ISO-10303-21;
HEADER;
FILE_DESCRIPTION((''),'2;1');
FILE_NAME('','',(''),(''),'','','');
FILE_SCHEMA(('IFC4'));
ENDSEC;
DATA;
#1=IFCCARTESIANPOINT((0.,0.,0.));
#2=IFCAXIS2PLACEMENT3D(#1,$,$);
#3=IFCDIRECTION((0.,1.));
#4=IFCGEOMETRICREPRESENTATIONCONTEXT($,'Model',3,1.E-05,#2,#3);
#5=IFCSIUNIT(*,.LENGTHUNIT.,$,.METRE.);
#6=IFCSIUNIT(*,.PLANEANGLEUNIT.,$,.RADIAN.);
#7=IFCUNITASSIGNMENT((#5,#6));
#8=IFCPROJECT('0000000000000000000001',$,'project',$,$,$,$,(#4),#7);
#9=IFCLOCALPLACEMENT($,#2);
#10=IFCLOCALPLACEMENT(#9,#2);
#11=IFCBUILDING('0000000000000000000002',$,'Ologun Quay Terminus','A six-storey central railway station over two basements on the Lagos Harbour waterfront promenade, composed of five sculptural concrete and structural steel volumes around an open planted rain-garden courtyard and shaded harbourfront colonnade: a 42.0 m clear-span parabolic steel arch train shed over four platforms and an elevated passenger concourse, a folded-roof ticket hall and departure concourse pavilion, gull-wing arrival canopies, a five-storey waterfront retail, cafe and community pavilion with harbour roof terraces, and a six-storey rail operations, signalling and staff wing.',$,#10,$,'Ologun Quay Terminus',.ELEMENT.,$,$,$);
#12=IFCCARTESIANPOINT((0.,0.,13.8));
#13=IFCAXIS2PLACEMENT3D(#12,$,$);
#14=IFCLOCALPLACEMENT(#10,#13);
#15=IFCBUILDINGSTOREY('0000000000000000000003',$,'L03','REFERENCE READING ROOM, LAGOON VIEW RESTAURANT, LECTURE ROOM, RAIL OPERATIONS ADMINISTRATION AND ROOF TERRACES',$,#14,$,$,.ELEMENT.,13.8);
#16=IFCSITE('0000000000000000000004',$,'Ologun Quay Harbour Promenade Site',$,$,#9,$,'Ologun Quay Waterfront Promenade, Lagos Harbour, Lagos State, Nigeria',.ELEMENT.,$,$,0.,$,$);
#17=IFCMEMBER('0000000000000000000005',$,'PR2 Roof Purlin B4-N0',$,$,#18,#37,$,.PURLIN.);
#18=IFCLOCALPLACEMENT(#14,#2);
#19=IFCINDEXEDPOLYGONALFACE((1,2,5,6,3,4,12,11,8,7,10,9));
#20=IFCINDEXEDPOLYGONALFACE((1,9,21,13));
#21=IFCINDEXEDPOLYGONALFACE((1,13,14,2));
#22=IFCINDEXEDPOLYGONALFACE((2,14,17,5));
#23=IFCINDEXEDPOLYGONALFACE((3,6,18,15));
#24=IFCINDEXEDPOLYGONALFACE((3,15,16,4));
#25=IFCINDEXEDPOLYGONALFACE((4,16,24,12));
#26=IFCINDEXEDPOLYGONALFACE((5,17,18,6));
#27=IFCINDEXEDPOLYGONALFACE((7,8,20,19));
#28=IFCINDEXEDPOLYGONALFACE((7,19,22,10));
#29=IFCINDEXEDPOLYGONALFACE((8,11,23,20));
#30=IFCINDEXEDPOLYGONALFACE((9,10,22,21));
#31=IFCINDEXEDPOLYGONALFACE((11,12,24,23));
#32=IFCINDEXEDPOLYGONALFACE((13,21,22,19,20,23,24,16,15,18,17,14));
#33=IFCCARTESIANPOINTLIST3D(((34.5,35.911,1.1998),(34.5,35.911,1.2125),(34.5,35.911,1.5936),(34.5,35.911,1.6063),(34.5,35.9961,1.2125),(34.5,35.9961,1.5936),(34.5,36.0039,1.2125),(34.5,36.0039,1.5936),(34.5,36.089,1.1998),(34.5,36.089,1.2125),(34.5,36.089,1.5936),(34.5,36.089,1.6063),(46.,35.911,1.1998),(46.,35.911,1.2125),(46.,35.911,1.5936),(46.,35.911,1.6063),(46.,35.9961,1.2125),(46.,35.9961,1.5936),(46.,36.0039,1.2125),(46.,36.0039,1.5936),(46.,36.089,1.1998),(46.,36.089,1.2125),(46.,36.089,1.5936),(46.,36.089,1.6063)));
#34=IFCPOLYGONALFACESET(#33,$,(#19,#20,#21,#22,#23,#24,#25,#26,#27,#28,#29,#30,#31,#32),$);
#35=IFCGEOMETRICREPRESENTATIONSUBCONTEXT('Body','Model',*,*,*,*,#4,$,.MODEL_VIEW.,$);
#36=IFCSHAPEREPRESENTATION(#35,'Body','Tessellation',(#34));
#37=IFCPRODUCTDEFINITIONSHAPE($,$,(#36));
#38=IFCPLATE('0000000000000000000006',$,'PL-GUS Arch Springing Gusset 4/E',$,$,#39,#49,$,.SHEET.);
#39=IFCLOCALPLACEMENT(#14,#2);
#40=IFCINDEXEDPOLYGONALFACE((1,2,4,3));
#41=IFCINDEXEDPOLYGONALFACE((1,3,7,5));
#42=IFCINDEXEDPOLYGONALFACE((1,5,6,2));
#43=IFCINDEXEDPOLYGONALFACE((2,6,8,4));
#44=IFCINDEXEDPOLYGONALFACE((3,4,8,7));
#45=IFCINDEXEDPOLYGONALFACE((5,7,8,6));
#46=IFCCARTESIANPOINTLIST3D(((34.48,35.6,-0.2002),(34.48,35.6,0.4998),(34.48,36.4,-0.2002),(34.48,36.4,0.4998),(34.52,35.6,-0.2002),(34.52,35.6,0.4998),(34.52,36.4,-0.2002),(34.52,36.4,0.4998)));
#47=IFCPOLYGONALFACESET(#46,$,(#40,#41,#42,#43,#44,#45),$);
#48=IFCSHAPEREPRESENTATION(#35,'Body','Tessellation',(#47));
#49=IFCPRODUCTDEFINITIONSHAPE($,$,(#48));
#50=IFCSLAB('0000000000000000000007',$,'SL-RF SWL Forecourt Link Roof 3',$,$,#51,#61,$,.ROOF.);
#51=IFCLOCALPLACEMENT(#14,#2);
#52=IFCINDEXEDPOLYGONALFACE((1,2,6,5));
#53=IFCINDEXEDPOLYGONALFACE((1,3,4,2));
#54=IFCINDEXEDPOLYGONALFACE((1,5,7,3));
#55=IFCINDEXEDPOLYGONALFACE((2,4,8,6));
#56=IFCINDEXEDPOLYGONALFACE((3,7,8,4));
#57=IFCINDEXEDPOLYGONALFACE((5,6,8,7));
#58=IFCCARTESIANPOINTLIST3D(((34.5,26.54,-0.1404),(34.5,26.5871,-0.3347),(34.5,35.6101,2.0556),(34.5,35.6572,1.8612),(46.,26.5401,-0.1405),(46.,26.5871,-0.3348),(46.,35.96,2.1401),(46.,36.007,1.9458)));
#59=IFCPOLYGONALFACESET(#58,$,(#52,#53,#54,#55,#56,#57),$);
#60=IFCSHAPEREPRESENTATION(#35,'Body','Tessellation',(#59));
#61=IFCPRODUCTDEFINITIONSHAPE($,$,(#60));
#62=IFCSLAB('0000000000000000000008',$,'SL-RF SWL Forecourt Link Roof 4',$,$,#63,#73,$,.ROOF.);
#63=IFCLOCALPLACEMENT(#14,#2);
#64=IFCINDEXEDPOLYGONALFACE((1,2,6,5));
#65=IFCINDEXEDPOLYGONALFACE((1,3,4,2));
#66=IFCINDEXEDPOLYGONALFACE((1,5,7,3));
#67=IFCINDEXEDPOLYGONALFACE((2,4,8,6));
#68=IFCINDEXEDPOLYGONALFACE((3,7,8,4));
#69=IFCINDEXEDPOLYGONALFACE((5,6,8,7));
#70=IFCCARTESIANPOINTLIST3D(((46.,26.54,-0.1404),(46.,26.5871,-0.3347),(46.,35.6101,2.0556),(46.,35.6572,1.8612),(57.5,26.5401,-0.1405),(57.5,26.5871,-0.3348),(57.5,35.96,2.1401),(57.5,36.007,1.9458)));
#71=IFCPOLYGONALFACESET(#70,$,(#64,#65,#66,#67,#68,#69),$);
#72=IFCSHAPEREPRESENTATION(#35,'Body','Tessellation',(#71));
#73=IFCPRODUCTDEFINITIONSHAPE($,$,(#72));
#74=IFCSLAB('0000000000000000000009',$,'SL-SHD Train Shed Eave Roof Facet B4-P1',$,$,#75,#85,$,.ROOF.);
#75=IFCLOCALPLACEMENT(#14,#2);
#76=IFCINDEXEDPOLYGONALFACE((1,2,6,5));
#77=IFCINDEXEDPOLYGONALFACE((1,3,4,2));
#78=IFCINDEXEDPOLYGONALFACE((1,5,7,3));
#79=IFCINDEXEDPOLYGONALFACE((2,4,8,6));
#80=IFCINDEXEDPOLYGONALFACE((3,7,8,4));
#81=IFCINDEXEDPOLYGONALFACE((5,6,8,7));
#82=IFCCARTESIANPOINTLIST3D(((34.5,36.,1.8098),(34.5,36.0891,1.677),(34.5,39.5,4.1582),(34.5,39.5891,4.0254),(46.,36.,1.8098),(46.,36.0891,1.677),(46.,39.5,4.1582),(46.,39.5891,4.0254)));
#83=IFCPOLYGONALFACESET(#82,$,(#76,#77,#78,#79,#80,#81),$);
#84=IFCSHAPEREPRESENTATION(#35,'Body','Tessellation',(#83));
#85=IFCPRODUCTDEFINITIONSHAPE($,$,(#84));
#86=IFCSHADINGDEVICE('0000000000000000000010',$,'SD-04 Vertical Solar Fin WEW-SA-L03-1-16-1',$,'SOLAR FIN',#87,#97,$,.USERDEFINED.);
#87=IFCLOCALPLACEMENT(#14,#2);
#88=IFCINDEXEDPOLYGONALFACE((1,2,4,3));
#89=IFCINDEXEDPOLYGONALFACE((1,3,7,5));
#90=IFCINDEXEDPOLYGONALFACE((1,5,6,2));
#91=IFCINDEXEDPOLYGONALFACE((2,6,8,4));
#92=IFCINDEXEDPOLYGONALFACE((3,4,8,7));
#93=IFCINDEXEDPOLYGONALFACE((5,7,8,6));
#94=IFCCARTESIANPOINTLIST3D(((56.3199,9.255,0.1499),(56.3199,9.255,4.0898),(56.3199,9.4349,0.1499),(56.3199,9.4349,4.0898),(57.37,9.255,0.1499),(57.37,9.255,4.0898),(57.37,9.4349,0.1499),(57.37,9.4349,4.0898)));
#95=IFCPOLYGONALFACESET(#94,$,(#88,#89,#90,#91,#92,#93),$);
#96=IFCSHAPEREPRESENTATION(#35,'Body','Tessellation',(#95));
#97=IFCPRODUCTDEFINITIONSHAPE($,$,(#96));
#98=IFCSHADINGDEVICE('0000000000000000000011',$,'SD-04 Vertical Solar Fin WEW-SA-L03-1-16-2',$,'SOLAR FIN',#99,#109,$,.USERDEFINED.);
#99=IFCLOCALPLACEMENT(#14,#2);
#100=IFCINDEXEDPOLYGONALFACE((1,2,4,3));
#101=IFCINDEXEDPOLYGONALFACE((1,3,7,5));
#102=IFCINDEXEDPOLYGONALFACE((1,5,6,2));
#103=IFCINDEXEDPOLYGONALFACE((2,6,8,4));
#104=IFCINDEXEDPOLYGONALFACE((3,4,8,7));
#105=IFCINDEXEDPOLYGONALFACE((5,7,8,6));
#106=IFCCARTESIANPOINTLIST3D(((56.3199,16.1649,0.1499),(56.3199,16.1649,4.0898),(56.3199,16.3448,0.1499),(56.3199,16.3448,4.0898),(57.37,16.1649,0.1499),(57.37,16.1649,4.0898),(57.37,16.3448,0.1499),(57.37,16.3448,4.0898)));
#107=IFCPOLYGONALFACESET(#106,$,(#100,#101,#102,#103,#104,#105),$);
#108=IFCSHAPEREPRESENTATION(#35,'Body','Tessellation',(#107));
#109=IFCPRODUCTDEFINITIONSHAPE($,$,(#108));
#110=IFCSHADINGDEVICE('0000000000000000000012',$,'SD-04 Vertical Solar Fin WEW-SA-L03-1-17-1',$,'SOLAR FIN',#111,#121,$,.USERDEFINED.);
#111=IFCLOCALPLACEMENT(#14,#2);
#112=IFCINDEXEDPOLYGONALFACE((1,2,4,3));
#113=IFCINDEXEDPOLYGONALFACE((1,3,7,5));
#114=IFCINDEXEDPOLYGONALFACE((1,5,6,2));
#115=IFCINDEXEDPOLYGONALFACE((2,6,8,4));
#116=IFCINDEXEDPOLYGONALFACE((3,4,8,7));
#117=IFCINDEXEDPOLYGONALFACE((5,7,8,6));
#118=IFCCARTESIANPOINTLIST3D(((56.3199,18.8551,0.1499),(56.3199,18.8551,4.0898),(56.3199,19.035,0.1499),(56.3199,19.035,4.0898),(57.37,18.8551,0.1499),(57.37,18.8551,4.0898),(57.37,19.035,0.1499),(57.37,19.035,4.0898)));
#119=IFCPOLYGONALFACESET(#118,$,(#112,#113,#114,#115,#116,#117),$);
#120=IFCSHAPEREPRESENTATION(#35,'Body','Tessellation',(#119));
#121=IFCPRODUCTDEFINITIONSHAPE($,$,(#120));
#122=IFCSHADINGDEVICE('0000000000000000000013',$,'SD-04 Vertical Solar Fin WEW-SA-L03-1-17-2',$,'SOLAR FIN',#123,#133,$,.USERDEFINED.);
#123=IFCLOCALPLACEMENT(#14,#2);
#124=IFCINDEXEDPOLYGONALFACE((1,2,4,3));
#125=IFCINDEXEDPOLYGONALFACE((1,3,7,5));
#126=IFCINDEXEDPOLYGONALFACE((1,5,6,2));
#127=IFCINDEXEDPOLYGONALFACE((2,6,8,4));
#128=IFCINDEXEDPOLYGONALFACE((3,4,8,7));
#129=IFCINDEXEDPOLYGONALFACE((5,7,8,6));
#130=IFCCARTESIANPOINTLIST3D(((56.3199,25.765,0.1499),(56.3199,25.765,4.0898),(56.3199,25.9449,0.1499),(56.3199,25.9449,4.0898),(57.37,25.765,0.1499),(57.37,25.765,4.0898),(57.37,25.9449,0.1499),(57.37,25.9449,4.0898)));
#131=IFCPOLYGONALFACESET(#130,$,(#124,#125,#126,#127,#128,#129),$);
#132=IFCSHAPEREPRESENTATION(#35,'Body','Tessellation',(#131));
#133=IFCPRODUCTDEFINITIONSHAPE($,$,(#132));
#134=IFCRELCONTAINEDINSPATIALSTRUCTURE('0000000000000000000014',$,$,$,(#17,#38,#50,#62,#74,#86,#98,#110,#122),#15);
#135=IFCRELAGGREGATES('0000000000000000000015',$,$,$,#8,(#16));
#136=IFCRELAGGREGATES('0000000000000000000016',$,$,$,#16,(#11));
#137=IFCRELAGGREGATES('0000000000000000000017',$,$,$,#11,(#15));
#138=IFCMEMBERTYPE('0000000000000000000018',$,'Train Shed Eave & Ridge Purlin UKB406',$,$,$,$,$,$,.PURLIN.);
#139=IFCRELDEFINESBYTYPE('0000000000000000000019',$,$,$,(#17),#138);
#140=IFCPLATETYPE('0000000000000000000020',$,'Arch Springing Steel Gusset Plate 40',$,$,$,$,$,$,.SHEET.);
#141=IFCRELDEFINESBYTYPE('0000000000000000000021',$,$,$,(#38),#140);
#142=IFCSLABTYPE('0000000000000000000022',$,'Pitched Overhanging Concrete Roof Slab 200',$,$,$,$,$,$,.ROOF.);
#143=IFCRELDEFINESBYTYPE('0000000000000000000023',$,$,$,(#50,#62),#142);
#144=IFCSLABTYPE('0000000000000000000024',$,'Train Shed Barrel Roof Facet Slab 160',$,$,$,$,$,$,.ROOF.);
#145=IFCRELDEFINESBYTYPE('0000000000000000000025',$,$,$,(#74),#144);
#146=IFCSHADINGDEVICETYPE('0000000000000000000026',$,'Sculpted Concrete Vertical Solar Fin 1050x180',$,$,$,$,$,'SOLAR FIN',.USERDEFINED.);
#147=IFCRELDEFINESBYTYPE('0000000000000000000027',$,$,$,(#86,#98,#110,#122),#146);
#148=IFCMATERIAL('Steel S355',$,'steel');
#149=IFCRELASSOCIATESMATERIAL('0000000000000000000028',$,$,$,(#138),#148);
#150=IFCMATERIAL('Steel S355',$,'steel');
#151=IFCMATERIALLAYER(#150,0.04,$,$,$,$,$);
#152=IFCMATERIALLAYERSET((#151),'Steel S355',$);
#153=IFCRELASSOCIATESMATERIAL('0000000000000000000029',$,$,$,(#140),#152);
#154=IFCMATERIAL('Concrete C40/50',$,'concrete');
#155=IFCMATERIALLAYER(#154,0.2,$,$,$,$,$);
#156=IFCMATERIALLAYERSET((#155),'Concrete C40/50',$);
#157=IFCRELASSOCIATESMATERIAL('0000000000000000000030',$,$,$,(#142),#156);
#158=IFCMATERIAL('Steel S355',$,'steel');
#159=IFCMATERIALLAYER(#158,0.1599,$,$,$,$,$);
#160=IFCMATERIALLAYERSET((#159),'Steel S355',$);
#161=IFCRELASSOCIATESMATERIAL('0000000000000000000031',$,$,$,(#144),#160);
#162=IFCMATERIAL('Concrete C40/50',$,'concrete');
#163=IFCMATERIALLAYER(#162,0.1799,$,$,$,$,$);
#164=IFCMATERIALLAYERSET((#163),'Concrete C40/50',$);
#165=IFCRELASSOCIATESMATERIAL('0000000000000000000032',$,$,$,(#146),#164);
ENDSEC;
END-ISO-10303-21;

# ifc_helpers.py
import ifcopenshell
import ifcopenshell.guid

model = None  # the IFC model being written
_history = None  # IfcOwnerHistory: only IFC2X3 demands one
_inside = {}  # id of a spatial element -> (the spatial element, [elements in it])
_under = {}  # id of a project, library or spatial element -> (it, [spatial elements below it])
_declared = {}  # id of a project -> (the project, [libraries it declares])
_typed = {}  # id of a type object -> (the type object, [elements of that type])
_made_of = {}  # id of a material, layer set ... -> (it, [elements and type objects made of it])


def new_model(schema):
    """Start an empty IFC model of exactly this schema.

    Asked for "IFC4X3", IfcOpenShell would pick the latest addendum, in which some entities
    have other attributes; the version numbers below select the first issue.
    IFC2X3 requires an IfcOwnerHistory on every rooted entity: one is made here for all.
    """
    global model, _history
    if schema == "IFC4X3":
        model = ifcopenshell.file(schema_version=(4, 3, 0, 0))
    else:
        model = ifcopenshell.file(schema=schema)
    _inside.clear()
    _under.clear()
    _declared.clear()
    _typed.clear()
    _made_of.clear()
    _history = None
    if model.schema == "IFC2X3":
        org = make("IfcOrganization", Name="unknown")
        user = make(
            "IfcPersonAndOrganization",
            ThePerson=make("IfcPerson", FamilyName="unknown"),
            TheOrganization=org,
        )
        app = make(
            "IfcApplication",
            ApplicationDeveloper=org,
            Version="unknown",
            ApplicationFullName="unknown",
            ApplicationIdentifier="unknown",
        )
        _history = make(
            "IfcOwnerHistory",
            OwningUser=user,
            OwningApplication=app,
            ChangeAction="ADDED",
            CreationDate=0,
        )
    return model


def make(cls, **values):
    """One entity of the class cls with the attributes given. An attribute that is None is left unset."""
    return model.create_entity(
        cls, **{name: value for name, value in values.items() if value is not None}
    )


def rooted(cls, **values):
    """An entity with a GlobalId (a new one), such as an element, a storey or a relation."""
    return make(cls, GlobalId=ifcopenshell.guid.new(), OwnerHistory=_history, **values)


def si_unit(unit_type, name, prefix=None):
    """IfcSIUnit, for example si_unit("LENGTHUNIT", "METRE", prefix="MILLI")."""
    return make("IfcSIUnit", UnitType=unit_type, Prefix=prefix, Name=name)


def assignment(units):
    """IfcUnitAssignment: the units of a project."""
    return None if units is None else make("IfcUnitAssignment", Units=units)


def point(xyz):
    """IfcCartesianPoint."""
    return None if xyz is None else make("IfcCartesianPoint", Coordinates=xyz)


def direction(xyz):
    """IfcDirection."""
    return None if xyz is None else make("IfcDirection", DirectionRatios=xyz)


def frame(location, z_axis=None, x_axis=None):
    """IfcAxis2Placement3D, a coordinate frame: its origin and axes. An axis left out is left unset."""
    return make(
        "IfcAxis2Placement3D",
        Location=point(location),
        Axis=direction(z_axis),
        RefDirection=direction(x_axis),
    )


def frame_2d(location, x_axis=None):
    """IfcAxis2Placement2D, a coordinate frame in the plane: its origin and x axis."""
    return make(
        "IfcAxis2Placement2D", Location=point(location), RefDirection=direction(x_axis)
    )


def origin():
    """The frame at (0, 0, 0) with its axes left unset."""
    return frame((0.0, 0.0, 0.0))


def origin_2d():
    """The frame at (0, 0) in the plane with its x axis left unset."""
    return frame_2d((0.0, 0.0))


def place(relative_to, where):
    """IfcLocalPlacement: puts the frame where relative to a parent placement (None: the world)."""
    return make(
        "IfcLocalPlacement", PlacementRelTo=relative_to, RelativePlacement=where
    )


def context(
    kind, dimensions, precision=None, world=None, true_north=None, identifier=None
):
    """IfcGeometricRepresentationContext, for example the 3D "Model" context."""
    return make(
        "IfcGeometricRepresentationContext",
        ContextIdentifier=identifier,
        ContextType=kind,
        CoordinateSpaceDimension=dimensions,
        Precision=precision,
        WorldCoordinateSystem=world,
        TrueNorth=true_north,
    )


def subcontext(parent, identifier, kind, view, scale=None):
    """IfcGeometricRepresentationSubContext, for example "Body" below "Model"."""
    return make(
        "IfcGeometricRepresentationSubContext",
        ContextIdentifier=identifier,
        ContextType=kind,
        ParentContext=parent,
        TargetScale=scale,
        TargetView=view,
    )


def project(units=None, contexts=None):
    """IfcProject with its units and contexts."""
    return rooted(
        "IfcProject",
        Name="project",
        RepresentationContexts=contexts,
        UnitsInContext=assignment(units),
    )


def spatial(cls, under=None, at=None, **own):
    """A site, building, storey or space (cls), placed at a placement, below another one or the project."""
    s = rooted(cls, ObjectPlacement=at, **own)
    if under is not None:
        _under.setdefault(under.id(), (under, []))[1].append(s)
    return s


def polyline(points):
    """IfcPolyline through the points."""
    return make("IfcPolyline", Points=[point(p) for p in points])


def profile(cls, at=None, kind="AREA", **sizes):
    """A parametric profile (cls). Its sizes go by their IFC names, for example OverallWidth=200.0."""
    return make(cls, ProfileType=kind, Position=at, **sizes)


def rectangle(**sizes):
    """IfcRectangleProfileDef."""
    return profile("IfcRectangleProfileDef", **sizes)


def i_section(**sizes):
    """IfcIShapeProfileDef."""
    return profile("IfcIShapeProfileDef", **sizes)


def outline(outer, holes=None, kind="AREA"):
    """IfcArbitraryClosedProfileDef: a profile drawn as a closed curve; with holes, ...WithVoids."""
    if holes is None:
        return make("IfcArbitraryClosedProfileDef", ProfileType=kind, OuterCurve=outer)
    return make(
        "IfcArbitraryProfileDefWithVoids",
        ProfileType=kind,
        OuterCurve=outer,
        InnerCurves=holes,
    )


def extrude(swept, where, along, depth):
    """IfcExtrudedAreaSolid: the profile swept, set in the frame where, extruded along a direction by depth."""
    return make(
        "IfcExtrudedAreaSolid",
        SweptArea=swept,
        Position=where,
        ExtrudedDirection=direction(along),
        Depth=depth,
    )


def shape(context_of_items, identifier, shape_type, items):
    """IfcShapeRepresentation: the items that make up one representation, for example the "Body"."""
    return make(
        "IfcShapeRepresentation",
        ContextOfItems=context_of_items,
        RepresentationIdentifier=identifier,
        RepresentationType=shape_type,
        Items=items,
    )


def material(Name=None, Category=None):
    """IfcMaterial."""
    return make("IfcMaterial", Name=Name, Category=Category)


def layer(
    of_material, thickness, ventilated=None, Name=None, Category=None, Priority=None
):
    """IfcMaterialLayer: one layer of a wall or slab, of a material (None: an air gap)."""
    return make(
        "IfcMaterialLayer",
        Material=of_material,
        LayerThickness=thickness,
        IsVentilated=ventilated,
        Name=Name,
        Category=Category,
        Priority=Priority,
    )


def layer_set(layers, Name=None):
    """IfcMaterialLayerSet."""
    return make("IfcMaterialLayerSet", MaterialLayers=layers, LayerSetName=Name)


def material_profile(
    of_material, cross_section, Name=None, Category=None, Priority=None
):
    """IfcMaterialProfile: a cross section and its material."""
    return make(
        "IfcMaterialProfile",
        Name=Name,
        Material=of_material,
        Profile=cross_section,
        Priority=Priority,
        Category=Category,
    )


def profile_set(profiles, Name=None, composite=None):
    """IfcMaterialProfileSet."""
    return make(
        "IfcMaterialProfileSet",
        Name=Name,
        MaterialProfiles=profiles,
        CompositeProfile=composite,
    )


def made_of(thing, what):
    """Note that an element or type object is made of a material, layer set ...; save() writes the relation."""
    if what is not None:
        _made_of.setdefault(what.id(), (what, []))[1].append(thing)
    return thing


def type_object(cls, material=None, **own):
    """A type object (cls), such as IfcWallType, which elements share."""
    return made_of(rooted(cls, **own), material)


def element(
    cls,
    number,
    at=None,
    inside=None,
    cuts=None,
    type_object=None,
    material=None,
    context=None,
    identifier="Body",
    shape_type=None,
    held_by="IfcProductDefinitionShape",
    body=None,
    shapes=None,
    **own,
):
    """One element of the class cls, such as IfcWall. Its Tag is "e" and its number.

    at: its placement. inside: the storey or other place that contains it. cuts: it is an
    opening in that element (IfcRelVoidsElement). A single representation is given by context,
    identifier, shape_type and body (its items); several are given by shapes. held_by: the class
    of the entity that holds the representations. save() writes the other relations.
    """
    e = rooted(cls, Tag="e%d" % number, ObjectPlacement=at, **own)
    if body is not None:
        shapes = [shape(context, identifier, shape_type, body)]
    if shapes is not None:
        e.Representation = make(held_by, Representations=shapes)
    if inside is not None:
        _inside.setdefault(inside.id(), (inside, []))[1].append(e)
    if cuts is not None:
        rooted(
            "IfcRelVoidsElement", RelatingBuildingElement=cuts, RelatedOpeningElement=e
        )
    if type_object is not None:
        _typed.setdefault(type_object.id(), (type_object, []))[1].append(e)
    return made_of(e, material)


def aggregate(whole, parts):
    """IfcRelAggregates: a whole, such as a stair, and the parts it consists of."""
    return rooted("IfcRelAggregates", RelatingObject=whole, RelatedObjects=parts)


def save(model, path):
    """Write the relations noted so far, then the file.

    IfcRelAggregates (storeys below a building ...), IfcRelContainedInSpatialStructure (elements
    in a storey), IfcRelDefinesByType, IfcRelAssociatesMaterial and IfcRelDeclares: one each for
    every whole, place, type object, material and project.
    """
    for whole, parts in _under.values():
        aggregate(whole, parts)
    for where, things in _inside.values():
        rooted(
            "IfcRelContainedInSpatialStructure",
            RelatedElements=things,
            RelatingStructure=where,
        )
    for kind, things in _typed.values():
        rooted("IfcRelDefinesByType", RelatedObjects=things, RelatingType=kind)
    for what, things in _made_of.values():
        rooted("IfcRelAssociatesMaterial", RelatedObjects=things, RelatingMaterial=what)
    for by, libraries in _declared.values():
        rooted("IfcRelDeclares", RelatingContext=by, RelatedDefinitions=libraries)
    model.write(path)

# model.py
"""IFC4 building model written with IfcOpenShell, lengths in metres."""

from ifc_helpers import new_model, si_unit, direction, frame, origin, origin_2d, place, context, subcontext, project, spatial, polyline, rectangle, i_section, outline, extrude, material, layer, layer_set, material_profile, profile_set, type_object, element, save


model = new_model("IFC4")

# Units and contexts
model_context = context("Model", 3, precision=1e-05, world=origin(), true_north=direction((0.0, 1.0)))
body_context = subcontext(model_context, "Body", "Model", "MODEL_VIEW")
ifc_project = project(units=[si_unit("LENGTHUNIT", "METRE"), si_unit("PLANEANGLEUNIT", "RADIAN")], contexts=[model_context])

# Site, building, storey
site_placement = place(None, origin())
site = spatial("IfcSite", under=ifc_project, at=site_placement, Name="Ologun Quay Harbour Promenade Site", LongName="Ologun Quay Waterfront Promenade, Lagos Harbour, Lagos State, Nigeria", CompositionType="ELEMENT", RefElevation=0.0)
building_placement = place(site_placement, origin())
building = spatial("IfcBuilding", under=site, at=building_placement, Name="Ologun Quay Terminus", Description="A six-storey central railway station over two basements on the Lagos Harbour waterfront promenade, composed of five sculptural concrete and structural steel volumes around an open planted rain-garden courtyard and shaded harbourfront colonnade: a 42.0 m clear-span parabolic steel arch train shed over four platforms and an elevated passenger concourse, a folded-roof ticket hall and departure concourse pavilion, gull-wing arrival canopies, a five-storey waterfront retail, cafe and community pavilion with harbour roof terraces, and a six-storey rail operations, signalling and staff wing.", LongName="Ologun Quay Terminus", CompositionType="ELEMENT")
storey_placement = place(building_placement, frame((0.0, 0.0, 13.8)))
storey = spatial("IfcBuildingStorey", under=building, at=storey_placement, Name="L03", Description="REFERENCE READING ROOM, LAGOON VIEW RESTAURANT, LECTURE ROOM, RAIL OPERATIONS ADMINISTRATION AND ROOF TERRACES", CompositionType="ELEMENT", Elevation=13.8)

# Member
ifc_material_1 = material(Name="Steel S355", Category="steel")
ifc_material_profile_1 = material_profile(ifc_material_1, i_section(OverallWidth=0.178, OverallDepth=0.4065, WebThickness=0.0078, FlangeThickness=0.0127, at=origin_2d()), Name="UKB 406x178x60")
ifc_profile_set_1 = profile_set([ifc_material_profile_1], Name="Steel S355")
member_type_1 = type_object("IfcMemberType", Name="Train Shed Eave & Ridge Purlin UKB406", PredefinedType="PURLIN", material=ifc_profile_set_1)
member_1_placement = place(storey_placement, frame((34.5, 36.0, 1.4031), z_axis=(1.0, 0.0, 0.0), x_axis=(0.0, 1.0, 0.0)))
element("IfcMember", 1, at=member_1_placement, inside=storey, type_object=member_type_1, Name="PR2 Roof Purlin B4-N0", PredefinedType="PURLIN", context=body_context, shape_type="SweptSolid", body=[
    extrude(i_section(OverallWidth=0.178, OverallDepth=0.4065, WebThickness=0.0078, FlangeThickness=0.0127, at=origin_2d()), origin(), (0.0, 0.0, 1.0), 11.5),
])

# Plate
ifc_material_2 = material(Name="Steel S355", Category="steel")
ifc_layer_1 = layer(ifc_material_2, 0.04)
ifc_layer_set_1 = layer_set([ifc_layer_1], Name="Steel S355")
plate_type = type_object("IfcPlateType", Name="Arch Springing Steel Gusset Plate 40", PredefinedType="SHEET", material=ifc_layer_set_1)
plate_placement = place(storey_placement, frame((34.5, 36.0, -0.2002), z_axis=(0.0, 0.0, 1.0), x_axis=(0.0, 1.0, 0.0)))
element("IfcPlate", 2, at=plate_placement, inside=storey, type_object=plate_type, Name="PL-GUS Arch Springing Gusset 4/E", PredefinedType="SHEET", context=body_context, shape_type="SweptSolid", body=[
    extrude(rectangle(XDim=0.8, YDim=0.04, at=origin_2d()), origin(), (0.0, 0.0, 1.0), 0.7),
])

# Slabs
ifc_material_3 = material(Name="Concrete C40/50", Category="concrete")
ifc_layer_2 = layer(ifc_material_3, 0.2)
ifc_layer_set_2 = layer_set([ifc_layer_2], Name="Concrete C40/50")
slab_type_1 = type_object("IfcSlabType", Name="Pitched Overhanging Concrete Roof Slab 200", PredefinedType="ROOF", material=ifc_layer_set_2)
for number, where, z_axis, x_axis, name in (
    (3, (34.5, 26.54, -0.1404), (0.00001, -0.235309, 0.971921), (1.0, 0.000002, -0.000009), "SL-RF SWL Forecourt Link Roof 3"),
    (4, (46.0, 26.54, -0.1404), (0.00001, -0.235309, 0.971921), (1.0, 0.000002, -0.000009), "SL-RF SWL Forecourt Link Roof 4"),
):
    element("IfcSlab", number, at=place(storey_placement, frame(where, z_axis=z_axis, x_axis=x_axis)), inside=storey, type_object=slab_type_1, Name=name, PredefinedType="ROOF", context=body_context, shape_type="SweptSolid", body=[
        extrude(outline(polyline([(0.0, 0.0), (11.5, 0.0), (11.5, 9.692), (0.0, 9.3321), (0.0, 0.0)])), origin(), (0.0, 0.0, -1.0), 0.2),
    ])
ifc_material_4 = material(Name="Steel S355", Category="steel")
ifc_layer_3 = layer(ifc_material_4, 0.1599)
ifc_layer_set_3 = layer_set([ifc_layer_3], Name="Steel S355")
slab_type_2 = type_object("IfcSlabType", Name="Train Shed Barrel Roof Facet Slab 160", PredefinedType="ROOF", material=ifc_layer_set_3)
slab_placement = place(storey_placement, frame((34.5, 36.0, 1.8098), z_axis=(0.0, -0.557171, 0.830398), x_axis=(1.0, 0.0, 0.0)))
element("IfcSlab", 5, at=slab_placement, inside=storey, type_object=slab_type_2, Name="SL-SHD Train Shed Eave Roof Facet B4-P1", PredefinedType="ROOF", context=body_context, shape_type="SweptSolid", body=[
    extrude(outline(polyline([(0.0, 0.0), (11.5, 0.0), (11.5, 4.2148), (0.0, 4.2148), (0.0, 0.0)])), origin(), (0.0, 0.0, -1.0), 0.1599),
])

# Shading devices
ifc_material_5 = material(Name="Concrete C40/50", Category="concrete")
ifc_layer_4 = layer(ifc_material_5, 0.1799)
ifc_layer_set_4 = layer_set([ifc_layer_4], Name="Concrete C40/50")
shading_device_type = type_object("IfcShadingDeviceType", Name="Sculpted Concrete Vertical Solar Fin 1050x180", ElementType="SOLAR FIN", PredefinedType="USERDEFINED", material=ifc_layer_set_4)
for number, where, z_axis, x_axis, name in (
    (6, (56.845, 9.345, 0.1499), (0.0, 0.0, 1.0), (1.0, 0.0, 0.0), "SD-04 Vertical Solar Fin WEW-SA-L03-1-16-1"),
    (7, (56.845, 16.2549, 0.1499), (0.0, 0.0, 1.0), (1.0, 0.0, 0.0), "SD-04 Vertical Solar Fin WEW-SA-L03-1-16-2"),
    (8, (56.845, 18.9451, 0.1499), (0.0, 0.0, 1.0), (1.0, 0.0, 0.0), "SD-04 Vertical Solar Fin WEW-SA-L03-1-17-1"),
    (9, (56.845, 25.855, 0.1499), (0.0, 0.0, 1.0), (1.0, 0.0, 0.0), "SD-04 Vertical Solar Fin WEW-SA-L03-1-17-2"),
):
    element("IfcShadingDevice", number, at=place(storey_placement, frame(where, z_axis=z_axis, x_axis=x_axis)), inside=storey, type_object=shading_device_type, Name=name, ObjectType="SOLAR FIN", PredefinedType="USERDEFINED", context=body_context, shape_type="SweptSolid", body=[
        extrude(rectangle(XDim=1.05, YDim=0.1799, at=origin_2d()), origin(), (0.0, 0.0, 1.0), 3.9399),
    ])

save(model, "model.ifc")
